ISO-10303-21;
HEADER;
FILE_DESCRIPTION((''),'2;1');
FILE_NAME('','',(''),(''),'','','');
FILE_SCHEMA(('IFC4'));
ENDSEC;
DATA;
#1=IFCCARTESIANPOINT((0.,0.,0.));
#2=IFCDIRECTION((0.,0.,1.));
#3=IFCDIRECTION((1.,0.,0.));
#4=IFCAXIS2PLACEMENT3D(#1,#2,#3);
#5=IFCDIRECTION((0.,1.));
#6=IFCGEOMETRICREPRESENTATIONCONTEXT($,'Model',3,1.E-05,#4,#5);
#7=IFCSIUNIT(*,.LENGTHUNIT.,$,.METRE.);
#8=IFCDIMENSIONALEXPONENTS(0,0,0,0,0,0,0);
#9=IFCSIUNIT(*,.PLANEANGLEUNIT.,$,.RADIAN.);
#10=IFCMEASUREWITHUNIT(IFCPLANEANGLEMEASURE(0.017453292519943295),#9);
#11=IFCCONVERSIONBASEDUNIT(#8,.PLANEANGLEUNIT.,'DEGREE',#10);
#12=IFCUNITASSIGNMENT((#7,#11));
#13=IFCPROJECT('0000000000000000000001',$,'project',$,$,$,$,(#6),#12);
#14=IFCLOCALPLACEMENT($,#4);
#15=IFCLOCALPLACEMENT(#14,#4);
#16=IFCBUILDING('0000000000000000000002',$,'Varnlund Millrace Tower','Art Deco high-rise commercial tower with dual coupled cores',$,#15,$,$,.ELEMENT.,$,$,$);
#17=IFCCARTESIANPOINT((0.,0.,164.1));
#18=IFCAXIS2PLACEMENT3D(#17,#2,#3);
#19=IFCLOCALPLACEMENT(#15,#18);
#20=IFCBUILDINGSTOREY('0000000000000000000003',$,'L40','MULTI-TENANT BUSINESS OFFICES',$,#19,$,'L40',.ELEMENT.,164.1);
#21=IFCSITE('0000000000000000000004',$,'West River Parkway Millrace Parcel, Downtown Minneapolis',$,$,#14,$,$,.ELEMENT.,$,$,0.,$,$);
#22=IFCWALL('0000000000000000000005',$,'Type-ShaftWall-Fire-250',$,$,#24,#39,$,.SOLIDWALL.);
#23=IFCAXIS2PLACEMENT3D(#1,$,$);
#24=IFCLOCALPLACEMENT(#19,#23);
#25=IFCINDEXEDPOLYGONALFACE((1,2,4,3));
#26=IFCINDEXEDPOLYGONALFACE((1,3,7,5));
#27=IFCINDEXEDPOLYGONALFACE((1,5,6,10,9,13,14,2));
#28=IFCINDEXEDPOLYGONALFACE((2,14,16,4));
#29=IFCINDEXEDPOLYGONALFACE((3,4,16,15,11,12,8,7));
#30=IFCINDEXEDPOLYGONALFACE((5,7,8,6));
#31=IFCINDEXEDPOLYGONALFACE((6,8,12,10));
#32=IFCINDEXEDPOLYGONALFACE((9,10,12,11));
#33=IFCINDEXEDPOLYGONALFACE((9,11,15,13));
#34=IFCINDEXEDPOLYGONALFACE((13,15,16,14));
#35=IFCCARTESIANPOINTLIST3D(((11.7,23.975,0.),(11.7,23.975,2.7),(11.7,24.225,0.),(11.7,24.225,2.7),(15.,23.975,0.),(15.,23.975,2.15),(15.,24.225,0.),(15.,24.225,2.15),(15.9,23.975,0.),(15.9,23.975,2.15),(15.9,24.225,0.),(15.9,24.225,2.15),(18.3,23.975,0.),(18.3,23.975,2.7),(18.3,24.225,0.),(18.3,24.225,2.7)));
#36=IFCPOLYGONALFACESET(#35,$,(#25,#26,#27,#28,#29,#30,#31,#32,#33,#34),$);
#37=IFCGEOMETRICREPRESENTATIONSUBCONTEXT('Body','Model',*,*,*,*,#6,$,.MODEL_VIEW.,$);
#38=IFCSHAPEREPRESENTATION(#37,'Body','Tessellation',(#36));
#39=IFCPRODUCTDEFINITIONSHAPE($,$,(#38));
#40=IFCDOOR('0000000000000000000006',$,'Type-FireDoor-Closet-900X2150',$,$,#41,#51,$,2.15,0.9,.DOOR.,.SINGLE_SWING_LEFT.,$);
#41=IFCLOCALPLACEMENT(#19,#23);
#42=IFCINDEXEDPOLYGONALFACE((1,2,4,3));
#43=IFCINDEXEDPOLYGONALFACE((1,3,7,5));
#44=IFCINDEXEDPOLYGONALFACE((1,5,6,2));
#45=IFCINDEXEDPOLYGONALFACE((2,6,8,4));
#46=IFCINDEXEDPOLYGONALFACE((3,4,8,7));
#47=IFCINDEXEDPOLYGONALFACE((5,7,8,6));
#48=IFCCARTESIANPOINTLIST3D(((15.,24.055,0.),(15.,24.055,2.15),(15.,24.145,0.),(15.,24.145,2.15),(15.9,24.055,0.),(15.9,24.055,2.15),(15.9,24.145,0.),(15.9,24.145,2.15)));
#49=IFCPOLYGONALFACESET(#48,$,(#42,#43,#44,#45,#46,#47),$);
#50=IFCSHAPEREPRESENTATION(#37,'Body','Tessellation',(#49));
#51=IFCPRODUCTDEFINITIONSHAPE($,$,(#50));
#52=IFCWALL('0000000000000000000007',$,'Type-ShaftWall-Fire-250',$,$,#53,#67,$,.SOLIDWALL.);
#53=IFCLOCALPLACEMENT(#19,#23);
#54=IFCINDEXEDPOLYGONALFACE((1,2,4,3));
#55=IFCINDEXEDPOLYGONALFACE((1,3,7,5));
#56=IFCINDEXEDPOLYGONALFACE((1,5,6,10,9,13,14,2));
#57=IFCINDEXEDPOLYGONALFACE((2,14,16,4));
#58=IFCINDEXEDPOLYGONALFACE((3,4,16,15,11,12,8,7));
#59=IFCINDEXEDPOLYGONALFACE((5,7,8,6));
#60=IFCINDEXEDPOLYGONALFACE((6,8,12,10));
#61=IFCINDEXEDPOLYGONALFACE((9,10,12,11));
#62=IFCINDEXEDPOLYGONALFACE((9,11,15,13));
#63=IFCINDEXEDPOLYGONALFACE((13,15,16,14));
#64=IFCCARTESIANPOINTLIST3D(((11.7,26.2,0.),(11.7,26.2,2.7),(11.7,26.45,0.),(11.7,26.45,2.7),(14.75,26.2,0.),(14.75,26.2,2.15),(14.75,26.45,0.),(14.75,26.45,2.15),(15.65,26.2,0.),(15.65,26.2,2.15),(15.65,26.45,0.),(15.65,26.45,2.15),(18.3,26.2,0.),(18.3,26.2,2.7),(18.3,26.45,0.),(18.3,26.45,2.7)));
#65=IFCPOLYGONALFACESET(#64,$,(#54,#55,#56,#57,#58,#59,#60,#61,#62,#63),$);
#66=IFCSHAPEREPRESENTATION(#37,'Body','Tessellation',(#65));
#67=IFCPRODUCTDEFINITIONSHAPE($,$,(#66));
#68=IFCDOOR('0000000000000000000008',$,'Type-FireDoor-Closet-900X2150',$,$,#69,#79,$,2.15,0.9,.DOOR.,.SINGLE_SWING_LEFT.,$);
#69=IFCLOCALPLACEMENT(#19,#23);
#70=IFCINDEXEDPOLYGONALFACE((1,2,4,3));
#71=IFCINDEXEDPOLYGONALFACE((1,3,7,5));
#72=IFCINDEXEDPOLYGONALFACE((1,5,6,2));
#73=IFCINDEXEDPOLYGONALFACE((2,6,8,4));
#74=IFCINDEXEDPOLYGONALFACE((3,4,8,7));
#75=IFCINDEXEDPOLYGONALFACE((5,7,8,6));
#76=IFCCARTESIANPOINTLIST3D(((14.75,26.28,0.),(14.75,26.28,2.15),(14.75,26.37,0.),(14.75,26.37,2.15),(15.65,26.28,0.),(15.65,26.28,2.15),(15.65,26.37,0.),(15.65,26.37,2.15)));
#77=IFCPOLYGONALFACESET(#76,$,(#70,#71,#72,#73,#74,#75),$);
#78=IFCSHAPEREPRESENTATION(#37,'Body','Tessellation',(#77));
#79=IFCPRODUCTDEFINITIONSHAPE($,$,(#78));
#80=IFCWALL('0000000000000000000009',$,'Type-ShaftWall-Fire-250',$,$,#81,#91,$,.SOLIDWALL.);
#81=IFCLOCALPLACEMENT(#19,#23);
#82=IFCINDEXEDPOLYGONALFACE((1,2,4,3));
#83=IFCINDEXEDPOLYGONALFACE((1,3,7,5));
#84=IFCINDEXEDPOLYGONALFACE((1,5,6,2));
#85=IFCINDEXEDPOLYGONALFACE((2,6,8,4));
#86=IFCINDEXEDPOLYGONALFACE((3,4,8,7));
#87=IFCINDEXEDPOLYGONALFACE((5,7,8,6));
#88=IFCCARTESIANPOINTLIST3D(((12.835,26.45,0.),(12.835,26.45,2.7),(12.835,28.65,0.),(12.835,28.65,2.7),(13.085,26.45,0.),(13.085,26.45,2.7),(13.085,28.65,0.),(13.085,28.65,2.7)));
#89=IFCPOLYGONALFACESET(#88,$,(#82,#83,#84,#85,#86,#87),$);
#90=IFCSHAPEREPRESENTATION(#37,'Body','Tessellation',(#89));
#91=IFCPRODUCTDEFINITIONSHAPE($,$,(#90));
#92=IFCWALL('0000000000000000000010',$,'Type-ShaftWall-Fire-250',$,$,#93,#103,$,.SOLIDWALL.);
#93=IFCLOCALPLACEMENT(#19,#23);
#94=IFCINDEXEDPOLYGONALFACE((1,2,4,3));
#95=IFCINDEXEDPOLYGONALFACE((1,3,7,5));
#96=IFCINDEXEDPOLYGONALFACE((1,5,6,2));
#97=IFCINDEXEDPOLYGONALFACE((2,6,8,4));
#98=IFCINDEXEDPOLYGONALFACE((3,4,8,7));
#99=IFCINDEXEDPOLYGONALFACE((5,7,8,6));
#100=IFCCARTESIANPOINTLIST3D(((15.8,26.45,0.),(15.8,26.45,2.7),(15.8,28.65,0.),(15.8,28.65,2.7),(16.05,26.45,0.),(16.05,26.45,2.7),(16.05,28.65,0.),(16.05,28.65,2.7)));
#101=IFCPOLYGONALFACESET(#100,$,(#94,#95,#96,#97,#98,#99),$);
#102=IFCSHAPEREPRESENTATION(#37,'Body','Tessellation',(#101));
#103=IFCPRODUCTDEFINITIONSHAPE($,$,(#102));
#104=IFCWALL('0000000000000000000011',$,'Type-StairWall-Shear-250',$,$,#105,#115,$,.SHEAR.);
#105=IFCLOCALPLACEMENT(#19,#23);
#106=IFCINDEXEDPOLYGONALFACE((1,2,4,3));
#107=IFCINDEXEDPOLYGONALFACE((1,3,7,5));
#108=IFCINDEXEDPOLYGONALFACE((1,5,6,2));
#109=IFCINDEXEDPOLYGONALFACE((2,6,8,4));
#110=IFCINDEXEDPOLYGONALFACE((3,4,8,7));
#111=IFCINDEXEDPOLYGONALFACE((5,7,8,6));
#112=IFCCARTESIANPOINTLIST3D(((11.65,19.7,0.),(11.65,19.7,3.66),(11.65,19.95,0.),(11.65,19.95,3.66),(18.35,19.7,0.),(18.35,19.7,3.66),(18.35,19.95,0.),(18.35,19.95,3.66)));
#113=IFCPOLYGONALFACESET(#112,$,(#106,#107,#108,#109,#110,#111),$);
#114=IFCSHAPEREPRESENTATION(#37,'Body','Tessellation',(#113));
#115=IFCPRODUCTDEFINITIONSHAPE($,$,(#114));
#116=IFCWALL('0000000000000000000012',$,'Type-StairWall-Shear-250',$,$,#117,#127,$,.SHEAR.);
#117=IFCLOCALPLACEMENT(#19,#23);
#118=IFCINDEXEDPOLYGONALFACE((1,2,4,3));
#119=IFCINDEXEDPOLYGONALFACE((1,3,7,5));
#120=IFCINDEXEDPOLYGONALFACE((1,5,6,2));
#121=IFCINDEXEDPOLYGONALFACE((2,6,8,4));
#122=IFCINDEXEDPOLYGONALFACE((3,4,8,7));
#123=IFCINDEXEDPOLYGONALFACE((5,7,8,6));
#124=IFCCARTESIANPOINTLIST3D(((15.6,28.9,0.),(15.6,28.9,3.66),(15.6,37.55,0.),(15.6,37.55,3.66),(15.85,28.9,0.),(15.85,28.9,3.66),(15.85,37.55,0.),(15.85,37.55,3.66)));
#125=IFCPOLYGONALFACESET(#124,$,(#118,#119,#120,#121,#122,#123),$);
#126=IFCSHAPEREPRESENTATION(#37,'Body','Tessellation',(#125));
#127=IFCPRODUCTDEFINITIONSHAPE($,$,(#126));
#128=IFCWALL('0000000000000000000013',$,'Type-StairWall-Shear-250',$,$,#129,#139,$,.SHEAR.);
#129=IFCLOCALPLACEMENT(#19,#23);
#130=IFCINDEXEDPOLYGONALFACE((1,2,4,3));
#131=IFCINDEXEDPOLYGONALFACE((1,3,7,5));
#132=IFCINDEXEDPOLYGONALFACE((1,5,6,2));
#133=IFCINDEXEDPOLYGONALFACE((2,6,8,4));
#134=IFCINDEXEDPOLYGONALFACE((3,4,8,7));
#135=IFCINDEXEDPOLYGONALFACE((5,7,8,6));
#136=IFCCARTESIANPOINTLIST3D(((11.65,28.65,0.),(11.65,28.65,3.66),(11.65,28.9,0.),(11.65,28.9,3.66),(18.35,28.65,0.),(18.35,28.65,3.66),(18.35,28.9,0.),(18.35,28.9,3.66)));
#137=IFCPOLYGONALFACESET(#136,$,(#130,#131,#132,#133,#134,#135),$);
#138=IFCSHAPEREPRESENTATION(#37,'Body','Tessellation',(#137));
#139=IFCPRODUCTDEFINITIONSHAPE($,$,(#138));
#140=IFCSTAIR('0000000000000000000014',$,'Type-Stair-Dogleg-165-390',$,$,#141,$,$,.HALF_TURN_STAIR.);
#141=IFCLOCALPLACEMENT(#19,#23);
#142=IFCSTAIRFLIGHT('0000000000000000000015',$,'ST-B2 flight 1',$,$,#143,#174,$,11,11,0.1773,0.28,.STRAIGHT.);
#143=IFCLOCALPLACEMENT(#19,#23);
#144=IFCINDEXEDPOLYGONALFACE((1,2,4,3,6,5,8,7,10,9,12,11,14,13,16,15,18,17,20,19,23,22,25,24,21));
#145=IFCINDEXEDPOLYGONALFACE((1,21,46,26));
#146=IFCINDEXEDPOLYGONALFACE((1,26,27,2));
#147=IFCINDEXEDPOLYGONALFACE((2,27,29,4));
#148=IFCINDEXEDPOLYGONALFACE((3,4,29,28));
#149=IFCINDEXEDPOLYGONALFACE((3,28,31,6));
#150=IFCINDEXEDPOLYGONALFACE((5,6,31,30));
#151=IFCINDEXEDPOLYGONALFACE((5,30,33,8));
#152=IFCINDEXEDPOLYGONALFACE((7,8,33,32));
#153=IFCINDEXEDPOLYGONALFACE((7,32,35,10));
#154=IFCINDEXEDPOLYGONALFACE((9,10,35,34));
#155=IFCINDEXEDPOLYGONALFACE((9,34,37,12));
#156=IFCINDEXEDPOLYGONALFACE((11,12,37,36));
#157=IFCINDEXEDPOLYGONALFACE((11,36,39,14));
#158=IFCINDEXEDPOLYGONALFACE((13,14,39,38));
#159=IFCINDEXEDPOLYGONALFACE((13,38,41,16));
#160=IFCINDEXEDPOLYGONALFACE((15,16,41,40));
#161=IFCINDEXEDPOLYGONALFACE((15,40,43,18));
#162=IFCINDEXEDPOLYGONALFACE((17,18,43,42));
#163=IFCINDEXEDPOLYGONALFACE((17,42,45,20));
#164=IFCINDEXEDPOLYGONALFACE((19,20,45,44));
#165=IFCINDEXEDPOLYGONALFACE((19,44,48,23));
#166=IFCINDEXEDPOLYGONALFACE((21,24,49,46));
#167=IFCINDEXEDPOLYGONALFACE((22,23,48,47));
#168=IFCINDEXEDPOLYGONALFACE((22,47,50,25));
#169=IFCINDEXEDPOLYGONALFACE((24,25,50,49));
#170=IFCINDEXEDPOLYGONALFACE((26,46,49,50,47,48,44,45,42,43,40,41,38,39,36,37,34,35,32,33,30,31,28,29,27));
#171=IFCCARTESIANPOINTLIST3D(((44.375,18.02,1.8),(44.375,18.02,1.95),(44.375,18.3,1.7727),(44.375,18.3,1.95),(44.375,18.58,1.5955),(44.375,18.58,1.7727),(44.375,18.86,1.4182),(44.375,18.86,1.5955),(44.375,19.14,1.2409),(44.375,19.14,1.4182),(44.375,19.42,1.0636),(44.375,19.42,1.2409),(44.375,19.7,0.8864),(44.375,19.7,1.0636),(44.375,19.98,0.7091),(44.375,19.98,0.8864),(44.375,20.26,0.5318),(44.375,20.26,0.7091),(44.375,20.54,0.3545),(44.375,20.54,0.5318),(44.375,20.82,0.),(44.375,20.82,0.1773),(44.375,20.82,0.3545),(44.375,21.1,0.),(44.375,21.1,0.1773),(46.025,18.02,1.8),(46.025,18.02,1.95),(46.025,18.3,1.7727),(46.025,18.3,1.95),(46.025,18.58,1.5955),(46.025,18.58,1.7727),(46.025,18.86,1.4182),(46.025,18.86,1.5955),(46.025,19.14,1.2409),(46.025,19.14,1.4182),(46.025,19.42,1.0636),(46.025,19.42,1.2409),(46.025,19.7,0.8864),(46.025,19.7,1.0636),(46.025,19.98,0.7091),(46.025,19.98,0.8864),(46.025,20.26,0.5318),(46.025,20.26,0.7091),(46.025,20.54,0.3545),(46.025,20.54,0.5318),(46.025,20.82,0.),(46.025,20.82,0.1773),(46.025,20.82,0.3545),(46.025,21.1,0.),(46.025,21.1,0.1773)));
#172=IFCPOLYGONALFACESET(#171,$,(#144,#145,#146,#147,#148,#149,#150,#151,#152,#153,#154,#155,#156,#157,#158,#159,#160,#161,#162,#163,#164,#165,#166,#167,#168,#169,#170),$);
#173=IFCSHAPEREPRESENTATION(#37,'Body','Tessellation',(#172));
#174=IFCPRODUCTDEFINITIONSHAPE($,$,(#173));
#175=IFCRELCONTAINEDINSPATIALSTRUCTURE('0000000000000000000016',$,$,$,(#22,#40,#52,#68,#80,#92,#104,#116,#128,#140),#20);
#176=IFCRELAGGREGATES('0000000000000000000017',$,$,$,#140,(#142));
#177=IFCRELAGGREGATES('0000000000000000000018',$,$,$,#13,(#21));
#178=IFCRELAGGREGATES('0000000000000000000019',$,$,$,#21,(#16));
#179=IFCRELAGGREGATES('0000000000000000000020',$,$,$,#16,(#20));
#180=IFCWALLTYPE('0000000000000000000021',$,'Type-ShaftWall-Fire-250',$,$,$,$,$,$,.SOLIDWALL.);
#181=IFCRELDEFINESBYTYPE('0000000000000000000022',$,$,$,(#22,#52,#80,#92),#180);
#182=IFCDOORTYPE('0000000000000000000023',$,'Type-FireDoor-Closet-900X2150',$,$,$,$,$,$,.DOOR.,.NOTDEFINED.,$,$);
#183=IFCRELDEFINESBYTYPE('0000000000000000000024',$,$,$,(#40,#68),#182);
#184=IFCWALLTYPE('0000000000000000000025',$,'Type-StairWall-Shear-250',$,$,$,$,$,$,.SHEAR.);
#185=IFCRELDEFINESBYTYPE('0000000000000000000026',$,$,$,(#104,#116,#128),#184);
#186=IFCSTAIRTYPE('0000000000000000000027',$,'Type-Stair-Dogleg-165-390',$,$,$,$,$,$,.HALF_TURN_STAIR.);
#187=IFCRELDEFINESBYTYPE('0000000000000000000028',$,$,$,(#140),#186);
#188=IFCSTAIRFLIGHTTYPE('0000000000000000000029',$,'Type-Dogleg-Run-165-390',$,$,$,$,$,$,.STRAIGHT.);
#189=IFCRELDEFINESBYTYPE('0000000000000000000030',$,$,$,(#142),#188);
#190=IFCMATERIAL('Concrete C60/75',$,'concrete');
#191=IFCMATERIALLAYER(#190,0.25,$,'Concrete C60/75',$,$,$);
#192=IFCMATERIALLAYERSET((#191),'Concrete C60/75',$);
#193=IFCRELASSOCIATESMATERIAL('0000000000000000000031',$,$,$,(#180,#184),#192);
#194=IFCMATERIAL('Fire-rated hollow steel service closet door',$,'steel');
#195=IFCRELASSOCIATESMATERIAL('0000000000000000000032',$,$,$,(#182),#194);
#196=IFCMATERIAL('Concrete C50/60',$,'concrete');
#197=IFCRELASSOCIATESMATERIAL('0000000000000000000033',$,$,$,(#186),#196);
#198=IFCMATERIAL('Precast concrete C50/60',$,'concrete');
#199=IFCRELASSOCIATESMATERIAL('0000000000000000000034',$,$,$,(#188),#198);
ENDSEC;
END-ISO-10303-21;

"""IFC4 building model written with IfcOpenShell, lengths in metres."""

from ifc_helpers import new_model, entity, si_unit, converted_unit, direction, frame, origin_with_axes, origin_2d_with_axis, place, context, subcontext, project, spatial, polyline, rectangle, outline, extrude, material, layer, layer_set, type_object, element, fill, aggregate, save


model = new_model("IFC4")

# Units and contexts
model_context = context("Model", 3, precision=1e-05, world=origin_with_axes(), true_north=direction((0.0, 1.0)))
body_context = subcontext(model_context, "Body", "Model", "MODEL_VIEW")
ifc_project = project(units=[si_unit("LENGTHUNIT", "METRE"), converted_unit("PLANEANGLEUNIT", "DEGREE", entity("IfcPlaneAngleMeasure", 0.017453292519943295), si_unit("PLANEANGLEUNIT", "RADIAN"), dimensions=[0, 0, 0, 0, 0, 0, 0])], contexts=[model_context])

# Site, building, storey
site_placement = place(None, origin_with_axes())
site = spatial("IfcSite", under=ifc_project, at=site_placement, Name="West River Parkway Millrace Parcel, Downtown Minneapolis", CompositionType="ELEMENT", RefElevation=0.0)
building_placement = place(site_placement, origin_with_axes())
building = spatial("IfcBuilding", under=site, at=building_placement, Name="Varnlund Millrace Tower", Description="Art Deco high-rise commercial tower with dual coupled cores", CompositionType="ELEMENT")
storey_placement = place(building_placement, frame((0.0, 0.0, 164.1), z_axis=(0.0, 0.0, 1.0), x_axis=(1.0, 0.0, 0.0)))
storey = spatial("IfcBuildingStorey", under=building, at=storey_placement, Name="L40", Description="MULTI-TENANT BUSINESS OFFICES", LongName="L40", CompositionType="ELEMENT", Elevation=164.1)

# Shared definitions
ifc_material_1 = material(Name="Concrete C60/75", Category="concrete")
ifc_layer_1 = layer(ifc_material_1, 0.25, Name="Concrete C60/75")
ifc_layer_set_1 = layer_set([ifc_layer_1], Name="Concrete C60/75")
wall_type_1 = type_object("IfcWallType", Name="Type-ShaftWall-Fire-250", PredefinedType="SOLIDWALL", material=ifc_layer_set_1)

# Walls, openings, doors
wall_1_placement = place(storey_placement, frame((11.7, 24.1, 0.0), z_axis=(0.0, 0.0, 1.0), x_axis=(1.0, 0.0, 0.0)))
wall_1 = element("IfcWall", 1, at=wall_1_placement, inside=storey, type_object=wall_type_1, Name="Type-ShaftWall-Fire-250", PredefinedType="SOLIDWALL", context=body_context, shape_type="SweptSolid", body=[
    extrude(outline(polyline([(0.0, -0.125), (6.6, -0.125), (6.6, 0.125), (0.0, 0.125), (0.0, -0.125)])), origin_with_axes(), (0.0, 0.0, 1.0), 2.7),
])
opening_1_placement = place(wall_1_placement, frame((3.75, 0.0, 0.0), z_axis=(0.0, 0.0, 1.0), x_axis=(1.0, 0.0, 0.0)))
opening_1 = element("IfcOpeningElement", 2, at=opening_1_placement, cuts=wall_1, PredefinedType="OPENING", context=body_context, shape_type="SweptSolid", body=[
    extrude(rectangle(XDim=0.9, YDim=0.27, at=origin_2d_with_axis()), origin_with_axes(), (0.0, 0.0, 1.0), 2.15),
])
ifc_material_2 = material(Name="Fire-rated hollow steel service closet door", Category="steel")
door_type_1 = type_object("IfcDoorType", Name="Type-FireDoor-Closet-900X2150", OperationType="NOTDEFINED", PredefinedType="DOOR", material=ifc_material_2)
door_1_placement = place(wall_1_placement, frame((3.75, 0.0, 0.0), z_axis=(0.0, 0.0, 1.0), x_axis=(1.0, 0.0, 0.0)))
door_1 = element("IfcDoor", 3, at=door_1_placement, inside=storey, type_object=door_type_1, Name="Type-FireDoor-Closet-900X2150", OperationType="SINGLE_SWING_LEFT", OverallHeight=2.15, OverallWidth=0.9, PredefinedType="DOOR", context=body_context, shape_type="SweptSolid", body=[
    extrude(rectangle(XDim=0.9, YDim=0.09, at=origin_2d_with_axis()), origin_with_axes(), (0.0, 0.0, 1.0), 2.15),
])
fill(opening_1, door_1)
wall_2_placement = place(storey_placement, frame((11.7, 26.325, 0.0), z_axis=(0.0, 0.0, 1.0), x_axis=(1.0, 0.0, 0.0)))
wall_2 = element("IfcWall", 4, at=wall_2_placement, inside=storey, type_object=wall_type_1, Name="Type-ShaftWall-Fire-250", PredefinedType="SOLIDWALL", context=body_context, shape_type="SweptSolid", body=[
    extrude(outline(polyline([(0.0, -0.125), (6.6, -0.125), (6.6, 0.125), (0.0, 0.125), (0.0, -0.125)])), origin_with_axes(), (0.0, 0.0, 1.0), 2.7),
])
opening_2_placement = place(wall_2_placement, frame((3.5, 0.0, 0.0), z_axis=(0.0, 0.0, 1.0), x_axis=(1.0, 0.0, 0.0)))
opening_2 = element("IfcOpeningElement", 5, at=opening_2_placement, cuts=wall_2, PredefinedType="OPENING", context=body_context, shape_type="SweptSolid", body=[
    extrude(rectangle(XDim=0.9, YDim=0.27, at=origin_2d_with_axis()), origin_with_axes(), (0.0, 0.0, 1.0), 2.15),
])
door_2_placement = place(wall_2_placement, frame((3.5, 0.0, 0.0), z_axis=(0.0, 0.0, 1.0), x_axis=(1.0, 0.0, 0.0)))
door_2 = element("IfcDoor", 6, at=door_2_placement, inside=storey, type_object=door_type_1, Name="Type-FireDoor-Closet-900X2150", OperationType="SINGLE_SWING_LEFT", OverallHeight=2.15, OverallWidth=0.9, PredefinedType="DOOR", context=body_context, shape_type="SweptSolid", body=[
    extrude(rectangle(XDim=0.9, YDim=0.09, at=origin_2d_with_axis()), origin_with_axes(), (0.0, 0.0, 1.0), 2.15),
])
fill(opening_2, door_2)

# Walls
for number, where, z_axis, x_axis, name in (
    (7, (12.96, 26.45, 0.0), (0.0, 0.0, 1.0), (0.0, 1.0, 0.0), "Type-ShaftWall-Fire-250"),
    (8, (15.925, 26.45, 0.0), (0.0, 0.0, 1.0), (0.0, 1.0, 0.0), "Type-ShaftWall-Fire-250"),
):
    element("IfcWall", number, at=place(storey_placement, frame(where, z_axis=z_axis, x_axis=x_axis)), inside=storey, type_object=wall_type_1, Name=name, PredefinedType="SOLIDWALL", context=body_context, shape_type="SweptSolid", body=[
        extrude(outline(polyline([(0.0, -0.125), (2.2, -0.125), (2.2, 0.125), (0.0, 0.125), (0.0, -0.125)])), origin_with_axes(), (0.0, 0.0, 1.0), 2.7),
    ])
wall_type_2 = type_object("IfcWallType", Name="Type-StairWall-Shear-250", PredefinedType="SHEAR", material=ifc_layer_set_1)
wall_3_placement = place(storey_placement, frame((11.65, 19.825, 0.0), z_axis=(0.0, 0.0, 1.0), x_axis=(1.0, 0.0, 0.0)))
element("IfcWall", 9, at=wall_3_placement, inside=storey, type_object=wall_type_2, Name="Type-StairWall-Shear-250", PredefinedType="SHEAR", context=body_context, shape_type="SweptSolid", body=[
    extrude(outline(polyline([(0.0, -0.125), (6.7, -0.125), (6.7, 0.125), (0.0, 0.125), (0.0, -0.125)])), origin_with_axes(), (0.0, 0.0, 1.0), 3.66),
])
wall_4_placement = place(storey_placement, frame((15.725, 28.9, 0.0), z_axis=(0.0, 0.0, 1.0), x_axis=(0.0, 1.0, 0.0)))
element("IfcWall", 10, at=wall_4_placement, inside=storey, type_object=wall_type_2, Name="Type-StairWall-Shear-250", PredefinedType="SHEAR", context=body_context, shape_type="SweptSolid", body=[
    extrude(outline(polyline([(0.0, -0.125), (8.65, -0.125), (8.65, 0.125), (0.0, 0.125), (0.0, -0.125)])), origin_with_axes(), (0.0, 0.0, 1.0), 3.66),
])
wall_5_placement = place(storey_placement, frame((11.65, 28.775, 0.0), z_axis=(0.0, 0.0, 1.0), x_axis=(1.0, 0.0, 0.0)))
element("IfcWall", 11, at=wall_5_placement, inside=storey, type_object=wall_type_2, Name="Type-StairWall-Shear-250", PredefinedType="SHEAR", context=body_context, shape_type="SweptSolid", body=[
    extrude(outline(polyline([(0.0, -0.125), (6.7, -0.125), (6.7, 0.125), (0.0, 0.125), (0.0, -0.125)])), origin_with_axes(), (0.0, 0.0, 1.0), 3.66),
])

# Stair, stair flight
ifc_material_3 = material(Name="Concrete C50/60", Category="concrete")
stair_type_1 = type_object("IfcStairType", Name="Type-Stair-Dogleg-165-390", PredefinedType="HALF_TURN_STAIR", material=ifc_material_3)
stair_1_placement = place(storey_placement, origin_with_axes())
stair_1 = element("IfcStair", 12, at=stair_1_placement, inside=storey, type_object=stair_type_1, Name="Type-Stair-Dogleg-165-390", PredefinedType="HALF_TURN_STAIR")
ifc_material_4 = material(Name="Precast concrete C50/60", Category="concrete")
stair_flight_type_1 = type_object("IfcStairFlightType", Name="Type-Dogleg-Run-165-390", PredefinedType="STRAIGHT", material=ifc_material_4)
stair_flight_1_placement = place(storey_placement, frame((46.025, 21.1, 0.0), z_axis=(-1.0, 0.0, 0.0), x_axis=(0.0, -1.0, 0.0)))
stair_flight_1 = element("IfcStairFlight", 13, at=stair_flight_1_placement, type_object=stair_flight_type_1, Name="ST-B2 flight 1", NumberOfRisers=11, NumberOfTreads=11, PredefinedType="STRAIGHT", RiserHeight=0.1773, TreadLength=0.28, context=body_context, shape_type="SweptSolid", body=[
    extrude(outline(polyline([(0.0, 0.0), (0.0, 0.1773), (0.28, 0.1773), (0.28, 0.3545), (0.56, 0.3545), (0.56, 0.5318), (0.84, 0.5318), (0.84, 0.7091), (1.12, 0.7091), (1.12, 0.8864), (1.4, 0.8864), (1.4, 1.0636), (1.68, 1.0636), (1.68, 1.2409), (1.96, 1.2409), (1.96, 1.4182), (2.24, 1.4182), (2.24, 1.5955), (2.52, 1.5955), (2.52, 1.7727), (2.8, 1.7727), (2.8, 1.95), (3.08, 1.95), (3.08, 1.8), (0.28, 0.0), (0.0, 0.0)])), origin_with_axes(), (0.0, 0.0, 1.0), 1.65),
])
aggregate(stair_1, [stair_flight_1])

save(model, "model.ifc")
